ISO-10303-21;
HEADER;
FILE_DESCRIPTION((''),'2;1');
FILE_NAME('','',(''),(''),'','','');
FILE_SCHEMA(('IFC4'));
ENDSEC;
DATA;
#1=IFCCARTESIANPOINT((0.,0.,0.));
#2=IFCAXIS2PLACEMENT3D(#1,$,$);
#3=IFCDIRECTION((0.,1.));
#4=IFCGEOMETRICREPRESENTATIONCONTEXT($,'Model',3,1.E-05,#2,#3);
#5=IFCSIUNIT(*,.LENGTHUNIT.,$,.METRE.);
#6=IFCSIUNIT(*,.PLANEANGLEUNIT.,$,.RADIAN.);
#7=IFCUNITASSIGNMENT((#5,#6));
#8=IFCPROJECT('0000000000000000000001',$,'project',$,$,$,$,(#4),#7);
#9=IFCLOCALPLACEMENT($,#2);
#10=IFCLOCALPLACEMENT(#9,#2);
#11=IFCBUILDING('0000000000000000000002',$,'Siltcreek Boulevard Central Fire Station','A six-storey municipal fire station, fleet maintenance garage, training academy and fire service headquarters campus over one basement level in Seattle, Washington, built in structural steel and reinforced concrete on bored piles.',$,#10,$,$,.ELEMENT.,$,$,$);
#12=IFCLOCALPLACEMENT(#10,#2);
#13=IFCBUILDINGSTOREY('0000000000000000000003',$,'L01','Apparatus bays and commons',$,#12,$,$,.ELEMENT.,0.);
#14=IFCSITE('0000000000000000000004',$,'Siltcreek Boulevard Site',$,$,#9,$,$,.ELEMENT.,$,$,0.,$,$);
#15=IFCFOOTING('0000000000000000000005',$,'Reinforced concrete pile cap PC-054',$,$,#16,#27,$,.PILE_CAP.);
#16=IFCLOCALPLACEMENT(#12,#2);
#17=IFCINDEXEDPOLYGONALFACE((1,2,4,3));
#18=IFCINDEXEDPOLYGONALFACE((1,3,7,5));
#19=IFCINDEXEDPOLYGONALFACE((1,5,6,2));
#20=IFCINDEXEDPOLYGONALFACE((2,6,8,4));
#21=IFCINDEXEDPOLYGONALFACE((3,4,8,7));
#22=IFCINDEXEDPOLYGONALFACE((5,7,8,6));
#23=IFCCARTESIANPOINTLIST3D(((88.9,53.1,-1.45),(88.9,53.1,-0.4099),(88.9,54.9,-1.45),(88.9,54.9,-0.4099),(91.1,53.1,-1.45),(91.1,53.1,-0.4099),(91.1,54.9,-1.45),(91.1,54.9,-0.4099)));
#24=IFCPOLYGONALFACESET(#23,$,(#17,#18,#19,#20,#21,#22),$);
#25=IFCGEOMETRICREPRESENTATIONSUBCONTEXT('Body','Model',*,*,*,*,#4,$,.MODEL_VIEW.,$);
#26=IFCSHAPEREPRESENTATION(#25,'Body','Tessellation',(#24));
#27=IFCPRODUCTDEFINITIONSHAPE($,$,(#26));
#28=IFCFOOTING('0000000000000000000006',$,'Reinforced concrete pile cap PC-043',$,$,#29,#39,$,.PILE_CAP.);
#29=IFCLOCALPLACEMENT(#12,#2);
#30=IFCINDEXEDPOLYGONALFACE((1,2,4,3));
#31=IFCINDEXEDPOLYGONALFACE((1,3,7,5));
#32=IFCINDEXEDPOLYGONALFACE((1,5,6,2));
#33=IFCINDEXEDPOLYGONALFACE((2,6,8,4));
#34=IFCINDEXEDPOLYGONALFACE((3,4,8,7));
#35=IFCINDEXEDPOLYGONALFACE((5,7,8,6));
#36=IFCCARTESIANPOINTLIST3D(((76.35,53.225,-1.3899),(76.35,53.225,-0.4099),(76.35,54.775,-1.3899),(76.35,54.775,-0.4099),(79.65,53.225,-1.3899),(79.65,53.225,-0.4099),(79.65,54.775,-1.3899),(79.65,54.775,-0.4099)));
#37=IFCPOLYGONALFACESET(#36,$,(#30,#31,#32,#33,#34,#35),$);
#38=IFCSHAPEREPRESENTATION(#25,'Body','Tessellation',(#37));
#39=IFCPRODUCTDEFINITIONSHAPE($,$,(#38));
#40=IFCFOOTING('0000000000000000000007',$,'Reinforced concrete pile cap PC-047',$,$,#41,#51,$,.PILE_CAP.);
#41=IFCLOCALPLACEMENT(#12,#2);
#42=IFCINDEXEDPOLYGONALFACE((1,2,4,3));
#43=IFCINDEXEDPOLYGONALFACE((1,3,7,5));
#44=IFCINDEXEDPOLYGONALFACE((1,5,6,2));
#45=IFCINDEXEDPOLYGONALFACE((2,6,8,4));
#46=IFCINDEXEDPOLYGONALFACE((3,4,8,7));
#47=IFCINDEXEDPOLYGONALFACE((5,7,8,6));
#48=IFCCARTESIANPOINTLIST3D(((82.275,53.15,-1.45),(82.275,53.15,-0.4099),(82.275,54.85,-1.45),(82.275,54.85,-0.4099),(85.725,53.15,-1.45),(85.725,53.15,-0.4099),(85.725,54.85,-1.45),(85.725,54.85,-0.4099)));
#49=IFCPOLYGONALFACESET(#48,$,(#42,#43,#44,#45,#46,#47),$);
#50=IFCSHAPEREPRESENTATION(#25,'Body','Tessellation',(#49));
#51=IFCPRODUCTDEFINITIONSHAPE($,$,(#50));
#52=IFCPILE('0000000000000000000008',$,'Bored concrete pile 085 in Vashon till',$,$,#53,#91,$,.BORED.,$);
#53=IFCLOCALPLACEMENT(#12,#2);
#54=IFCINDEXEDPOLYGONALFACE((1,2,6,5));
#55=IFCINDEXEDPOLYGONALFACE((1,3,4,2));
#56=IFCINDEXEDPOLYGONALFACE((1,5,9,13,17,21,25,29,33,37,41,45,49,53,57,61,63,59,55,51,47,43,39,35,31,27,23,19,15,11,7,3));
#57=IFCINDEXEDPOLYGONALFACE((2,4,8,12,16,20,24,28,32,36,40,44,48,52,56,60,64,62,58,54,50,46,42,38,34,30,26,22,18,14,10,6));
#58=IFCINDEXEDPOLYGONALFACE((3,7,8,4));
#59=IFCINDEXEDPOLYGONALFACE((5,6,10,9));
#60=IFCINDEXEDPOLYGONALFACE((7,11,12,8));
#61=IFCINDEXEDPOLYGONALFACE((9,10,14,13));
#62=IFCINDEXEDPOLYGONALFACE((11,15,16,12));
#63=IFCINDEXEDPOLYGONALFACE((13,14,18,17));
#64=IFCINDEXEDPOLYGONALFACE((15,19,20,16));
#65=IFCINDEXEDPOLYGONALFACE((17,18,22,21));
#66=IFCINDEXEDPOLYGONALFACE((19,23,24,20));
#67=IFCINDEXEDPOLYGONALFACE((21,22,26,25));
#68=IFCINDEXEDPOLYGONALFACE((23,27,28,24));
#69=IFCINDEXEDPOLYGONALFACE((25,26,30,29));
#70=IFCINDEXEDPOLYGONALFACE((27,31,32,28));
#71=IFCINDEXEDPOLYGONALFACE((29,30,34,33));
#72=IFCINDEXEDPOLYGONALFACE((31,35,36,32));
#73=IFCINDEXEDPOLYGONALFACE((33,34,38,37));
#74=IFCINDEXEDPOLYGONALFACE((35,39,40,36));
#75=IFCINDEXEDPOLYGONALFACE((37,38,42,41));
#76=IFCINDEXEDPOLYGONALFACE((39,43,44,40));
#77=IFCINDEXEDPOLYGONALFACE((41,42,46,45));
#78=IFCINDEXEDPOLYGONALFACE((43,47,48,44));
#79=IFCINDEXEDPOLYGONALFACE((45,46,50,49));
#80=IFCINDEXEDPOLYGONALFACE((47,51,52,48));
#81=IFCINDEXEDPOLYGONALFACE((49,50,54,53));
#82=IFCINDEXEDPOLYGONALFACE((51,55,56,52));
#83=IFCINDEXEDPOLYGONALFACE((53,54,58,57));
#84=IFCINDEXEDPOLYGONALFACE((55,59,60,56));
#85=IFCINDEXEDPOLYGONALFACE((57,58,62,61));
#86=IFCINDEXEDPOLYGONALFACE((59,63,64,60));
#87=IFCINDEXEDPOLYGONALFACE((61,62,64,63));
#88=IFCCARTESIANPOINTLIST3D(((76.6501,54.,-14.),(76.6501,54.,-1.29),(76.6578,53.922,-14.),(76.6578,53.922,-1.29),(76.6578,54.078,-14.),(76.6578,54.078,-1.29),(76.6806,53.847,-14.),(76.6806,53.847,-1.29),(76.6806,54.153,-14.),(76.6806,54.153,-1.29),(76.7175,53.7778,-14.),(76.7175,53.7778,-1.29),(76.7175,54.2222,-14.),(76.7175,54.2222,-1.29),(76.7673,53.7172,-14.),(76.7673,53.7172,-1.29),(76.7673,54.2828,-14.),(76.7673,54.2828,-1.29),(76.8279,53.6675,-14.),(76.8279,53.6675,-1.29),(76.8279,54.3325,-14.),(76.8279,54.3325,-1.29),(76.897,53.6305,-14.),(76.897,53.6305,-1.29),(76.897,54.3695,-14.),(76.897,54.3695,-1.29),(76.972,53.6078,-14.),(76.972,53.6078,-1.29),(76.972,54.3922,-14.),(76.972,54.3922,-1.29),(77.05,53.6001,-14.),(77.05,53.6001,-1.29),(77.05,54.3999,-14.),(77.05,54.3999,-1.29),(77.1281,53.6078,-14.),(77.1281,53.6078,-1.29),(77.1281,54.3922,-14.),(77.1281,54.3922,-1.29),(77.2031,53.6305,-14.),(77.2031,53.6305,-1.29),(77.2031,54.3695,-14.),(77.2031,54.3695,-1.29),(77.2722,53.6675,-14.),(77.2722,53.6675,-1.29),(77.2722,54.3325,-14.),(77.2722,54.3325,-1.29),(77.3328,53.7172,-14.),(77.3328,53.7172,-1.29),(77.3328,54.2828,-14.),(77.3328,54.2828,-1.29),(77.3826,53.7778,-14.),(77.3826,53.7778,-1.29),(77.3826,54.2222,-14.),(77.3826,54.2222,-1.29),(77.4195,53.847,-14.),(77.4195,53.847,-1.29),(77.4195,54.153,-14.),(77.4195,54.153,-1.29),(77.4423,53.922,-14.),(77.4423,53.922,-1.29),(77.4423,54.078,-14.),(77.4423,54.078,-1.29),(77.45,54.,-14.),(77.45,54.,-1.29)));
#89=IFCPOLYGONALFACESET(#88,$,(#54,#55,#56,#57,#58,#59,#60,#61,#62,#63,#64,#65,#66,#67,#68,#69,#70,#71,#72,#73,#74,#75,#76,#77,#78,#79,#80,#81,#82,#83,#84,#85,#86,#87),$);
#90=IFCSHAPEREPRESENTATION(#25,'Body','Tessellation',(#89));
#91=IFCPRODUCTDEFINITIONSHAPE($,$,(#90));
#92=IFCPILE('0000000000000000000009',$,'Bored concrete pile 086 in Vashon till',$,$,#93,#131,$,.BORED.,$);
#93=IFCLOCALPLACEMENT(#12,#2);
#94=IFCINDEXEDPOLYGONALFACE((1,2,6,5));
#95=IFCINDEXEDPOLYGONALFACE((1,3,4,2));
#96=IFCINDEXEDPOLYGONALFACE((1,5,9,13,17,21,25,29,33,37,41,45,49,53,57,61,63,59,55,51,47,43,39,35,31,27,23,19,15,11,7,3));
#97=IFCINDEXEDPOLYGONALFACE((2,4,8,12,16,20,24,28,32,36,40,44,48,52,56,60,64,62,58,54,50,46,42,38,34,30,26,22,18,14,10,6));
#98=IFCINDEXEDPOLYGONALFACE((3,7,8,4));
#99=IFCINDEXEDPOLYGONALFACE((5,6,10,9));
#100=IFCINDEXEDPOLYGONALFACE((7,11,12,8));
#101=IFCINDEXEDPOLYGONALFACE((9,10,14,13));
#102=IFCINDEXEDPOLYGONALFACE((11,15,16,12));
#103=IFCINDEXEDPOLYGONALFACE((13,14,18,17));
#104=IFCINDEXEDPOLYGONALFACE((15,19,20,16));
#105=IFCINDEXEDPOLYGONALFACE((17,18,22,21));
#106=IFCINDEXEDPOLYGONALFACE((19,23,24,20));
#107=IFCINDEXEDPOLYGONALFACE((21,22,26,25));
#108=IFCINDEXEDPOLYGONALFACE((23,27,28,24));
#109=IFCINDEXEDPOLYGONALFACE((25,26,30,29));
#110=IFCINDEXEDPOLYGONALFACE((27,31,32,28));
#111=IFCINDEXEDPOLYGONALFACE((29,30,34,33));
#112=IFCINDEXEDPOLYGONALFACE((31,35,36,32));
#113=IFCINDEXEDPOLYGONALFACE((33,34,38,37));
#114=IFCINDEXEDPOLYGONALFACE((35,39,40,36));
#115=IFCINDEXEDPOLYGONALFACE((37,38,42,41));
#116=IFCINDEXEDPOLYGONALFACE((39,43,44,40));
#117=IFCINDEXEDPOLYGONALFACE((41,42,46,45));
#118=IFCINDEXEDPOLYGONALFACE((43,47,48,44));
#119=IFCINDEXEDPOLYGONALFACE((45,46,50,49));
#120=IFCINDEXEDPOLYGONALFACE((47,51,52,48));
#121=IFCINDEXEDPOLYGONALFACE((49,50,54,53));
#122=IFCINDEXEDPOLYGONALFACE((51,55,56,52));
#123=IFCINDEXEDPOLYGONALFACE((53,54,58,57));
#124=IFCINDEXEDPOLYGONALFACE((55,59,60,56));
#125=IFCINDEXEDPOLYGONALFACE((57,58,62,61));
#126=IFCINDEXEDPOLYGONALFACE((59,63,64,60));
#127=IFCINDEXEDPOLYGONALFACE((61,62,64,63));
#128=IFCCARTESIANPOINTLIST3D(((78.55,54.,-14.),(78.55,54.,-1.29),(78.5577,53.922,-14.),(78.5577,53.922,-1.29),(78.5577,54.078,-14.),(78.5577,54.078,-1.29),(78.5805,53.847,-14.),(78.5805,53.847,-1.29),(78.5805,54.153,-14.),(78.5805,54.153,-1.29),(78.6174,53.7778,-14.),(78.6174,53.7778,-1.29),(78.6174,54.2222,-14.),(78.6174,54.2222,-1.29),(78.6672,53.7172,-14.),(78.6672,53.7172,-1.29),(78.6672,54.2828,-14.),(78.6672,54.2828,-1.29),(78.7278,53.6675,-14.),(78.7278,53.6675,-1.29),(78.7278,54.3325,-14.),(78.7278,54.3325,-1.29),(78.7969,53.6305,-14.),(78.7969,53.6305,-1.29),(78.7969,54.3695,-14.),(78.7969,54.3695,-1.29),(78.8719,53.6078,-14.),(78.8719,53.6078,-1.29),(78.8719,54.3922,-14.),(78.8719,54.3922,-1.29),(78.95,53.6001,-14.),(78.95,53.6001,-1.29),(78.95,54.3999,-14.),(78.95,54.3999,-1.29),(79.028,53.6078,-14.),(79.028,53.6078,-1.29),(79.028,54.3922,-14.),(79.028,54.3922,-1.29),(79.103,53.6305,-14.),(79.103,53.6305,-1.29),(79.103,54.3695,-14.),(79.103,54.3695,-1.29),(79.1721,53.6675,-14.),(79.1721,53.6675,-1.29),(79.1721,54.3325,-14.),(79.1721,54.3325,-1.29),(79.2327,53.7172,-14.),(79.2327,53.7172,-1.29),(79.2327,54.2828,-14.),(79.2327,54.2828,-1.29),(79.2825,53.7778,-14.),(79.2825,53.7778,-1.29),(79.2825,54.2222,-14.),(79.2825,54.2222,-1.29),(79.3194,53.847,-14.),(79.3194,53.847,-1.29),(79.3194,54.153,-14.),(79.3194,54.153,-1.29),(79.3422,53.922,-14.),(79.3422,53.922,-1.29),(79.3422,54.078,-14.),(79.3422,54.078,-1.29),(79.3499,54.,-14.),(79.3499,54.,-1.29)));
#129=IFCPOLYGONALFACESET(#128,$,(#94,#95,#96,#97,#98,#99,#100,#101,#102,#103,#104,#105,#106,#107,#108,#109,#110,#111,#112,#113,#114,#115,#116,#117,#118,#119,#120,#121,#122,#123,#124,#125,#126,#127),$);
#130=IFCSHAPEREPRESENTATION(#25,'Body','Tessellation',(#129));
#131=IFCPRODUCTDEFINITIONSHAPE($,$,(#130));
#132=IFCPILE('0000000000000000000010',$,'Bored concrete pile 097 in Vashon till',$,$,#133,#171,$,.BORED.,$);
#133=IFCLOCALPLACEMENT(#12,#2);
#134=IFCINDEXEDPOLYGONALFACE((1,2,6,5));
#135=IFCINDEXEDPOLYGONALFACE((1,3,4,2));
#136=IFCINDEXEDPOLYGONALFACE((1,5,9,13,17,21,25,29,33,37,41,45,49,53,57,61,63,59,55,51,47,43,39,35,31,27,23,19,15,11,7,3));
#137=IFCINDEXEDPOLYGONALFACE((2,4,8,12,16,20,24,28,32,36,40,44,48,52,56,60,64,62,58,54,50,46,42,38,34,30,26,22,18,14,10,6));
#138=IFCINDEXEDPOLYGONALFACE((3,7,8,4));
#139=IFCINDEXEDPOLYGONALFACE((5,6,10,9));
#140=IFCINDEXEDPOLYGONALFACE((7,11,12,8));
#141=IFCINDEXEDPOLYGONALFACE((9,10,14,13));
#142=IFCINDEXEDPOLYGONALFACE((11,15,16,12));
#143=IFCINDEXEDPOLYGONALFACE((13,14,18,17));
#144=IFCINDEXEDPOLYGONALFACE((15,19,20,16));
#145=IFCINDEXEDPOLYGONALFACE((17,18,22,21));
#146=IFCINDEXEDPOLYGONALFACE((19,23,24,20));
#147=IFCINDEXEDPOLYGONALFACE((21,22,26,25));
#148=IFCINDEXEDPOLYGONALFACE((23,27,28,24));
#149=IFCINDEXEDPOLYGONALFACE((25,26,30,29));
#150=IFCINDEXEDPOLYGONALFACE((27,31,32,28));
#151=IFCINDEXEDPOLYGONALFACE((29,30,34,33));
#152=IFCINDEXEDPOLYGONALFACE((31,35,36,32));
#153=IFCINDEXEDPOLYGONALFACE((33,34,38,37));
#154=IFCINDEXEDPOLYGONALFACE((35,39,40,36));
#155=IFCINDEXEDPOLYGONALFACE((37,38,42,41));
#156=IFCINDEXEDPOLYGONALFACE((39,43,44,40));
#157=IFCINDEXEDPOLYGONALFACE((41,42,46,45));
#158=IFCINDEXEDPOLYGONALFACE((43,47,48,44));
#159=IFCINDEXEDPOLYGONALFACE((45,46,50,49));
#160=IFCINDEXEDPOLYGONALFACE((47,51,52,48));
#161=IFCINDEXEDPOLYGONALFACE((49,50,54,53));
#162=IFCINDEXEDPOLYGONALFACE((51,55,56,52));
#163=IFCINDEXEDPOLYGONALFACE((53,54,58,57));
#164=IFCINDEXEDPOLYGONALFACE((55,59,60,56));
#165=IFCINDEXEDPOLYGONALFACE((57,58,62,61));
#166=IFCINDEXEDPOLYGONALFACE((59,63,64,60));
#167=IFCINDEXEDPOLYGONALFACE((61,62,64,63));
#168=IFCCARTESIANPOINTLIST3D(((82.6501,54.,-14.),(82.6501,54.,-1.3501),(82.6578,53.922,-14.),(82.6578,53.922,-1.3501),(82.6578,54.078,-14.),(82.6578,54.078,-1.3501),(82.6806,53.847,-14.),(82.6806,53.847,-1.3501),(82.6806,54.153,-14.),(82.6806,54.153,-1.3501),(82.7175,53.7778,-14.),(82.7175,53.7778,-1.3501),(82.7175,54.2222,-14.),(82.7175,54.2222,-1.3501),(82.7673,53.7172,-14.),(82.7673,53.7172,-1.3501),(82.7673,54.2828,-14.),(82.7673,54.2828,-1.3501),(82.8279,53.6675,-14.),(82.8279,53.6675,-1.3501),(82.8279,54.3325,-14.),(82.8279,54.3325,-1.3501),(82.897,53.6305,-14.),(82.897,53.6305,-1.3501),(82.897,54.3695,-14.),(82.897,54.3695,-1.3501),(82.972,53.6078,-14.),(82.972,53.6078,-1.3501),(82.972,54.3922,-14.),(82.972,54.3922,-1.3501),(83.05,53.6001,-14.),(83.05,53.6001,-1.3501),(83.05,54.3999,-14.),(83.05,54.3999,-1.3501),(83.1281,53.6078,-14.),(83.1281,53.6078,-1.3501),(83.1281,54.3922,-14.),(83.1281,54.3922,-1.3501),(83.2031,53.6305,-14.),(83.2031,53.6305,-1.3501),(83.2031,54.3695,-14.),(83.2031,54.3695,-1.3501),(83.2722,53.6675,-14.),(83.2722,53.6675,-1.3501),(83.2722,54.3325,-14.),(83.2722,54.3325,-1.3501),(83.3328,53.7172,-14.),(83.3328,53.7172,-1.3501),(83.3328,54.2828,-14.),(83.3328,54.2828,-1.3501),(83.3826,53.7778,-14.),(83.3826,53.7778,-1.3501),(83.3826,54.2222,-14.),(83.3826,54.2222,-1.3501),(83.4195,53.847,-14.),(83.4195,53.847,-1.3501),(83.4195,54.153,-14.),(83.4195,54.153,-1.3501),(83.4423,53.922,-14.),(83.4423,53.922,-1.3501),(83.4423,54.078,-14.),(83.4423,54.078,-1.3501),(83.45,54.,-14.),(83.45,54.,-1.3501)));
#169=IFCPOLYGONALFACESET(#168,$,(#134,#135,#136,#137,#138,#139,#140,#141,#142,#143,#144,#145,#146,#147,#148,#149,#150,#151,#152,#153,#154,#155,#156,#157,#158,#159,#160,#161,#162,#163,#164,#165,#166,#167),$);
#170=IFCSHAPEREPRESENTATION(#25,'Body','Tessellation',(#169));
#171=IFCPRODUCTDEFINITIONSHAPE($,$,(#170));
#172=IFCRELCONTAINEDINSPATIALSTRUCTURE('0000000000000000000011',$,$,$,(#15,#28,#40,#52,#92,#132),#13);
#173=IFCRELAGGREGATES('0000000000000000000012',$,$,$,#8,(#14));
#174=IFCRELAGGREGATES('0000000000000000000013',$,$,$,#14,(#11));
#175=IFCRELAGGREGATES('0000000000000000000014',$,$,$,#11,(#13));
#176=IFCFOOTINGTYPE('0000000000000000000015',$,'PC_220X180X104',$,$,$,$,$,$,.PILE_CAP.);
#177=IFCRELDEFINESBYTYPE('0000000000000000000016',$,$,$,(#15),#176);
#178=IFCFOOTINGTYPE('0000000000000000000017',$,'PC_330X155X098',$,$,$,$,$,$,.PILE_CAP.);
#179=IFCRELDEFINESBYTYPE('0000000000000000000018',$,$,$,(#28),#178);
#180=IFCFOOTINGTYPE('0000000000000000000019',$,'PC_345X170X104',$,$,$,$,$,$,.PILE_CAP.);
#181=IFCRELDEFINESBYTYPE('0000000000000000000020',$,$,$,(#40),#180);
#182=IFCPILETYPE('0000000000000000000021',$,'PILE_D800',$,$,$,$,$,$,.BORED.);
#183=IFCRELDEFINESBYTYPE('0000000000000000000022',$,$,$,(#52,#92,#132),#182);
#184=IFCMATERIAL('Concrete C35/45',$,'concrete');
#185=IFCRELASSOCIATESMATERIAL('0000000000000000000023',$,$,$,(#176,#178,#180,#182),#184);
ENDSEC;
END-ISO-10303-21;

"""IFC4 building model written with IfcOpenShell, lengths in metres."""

from ifc_helpers import new_model, si_unit, direction, frame, origin, origin_2d, place, context, subcontext, project, spatial, rectangle, circle, extrude, material, material_profile, profile_set, type_object, element, save


model = new_model("IFC4")

# Units and contexts
model_context = context("Model", 3, precision=1e-05, world=origin(), true_north=direction((0.0, 1.0)))
body_context = subcontext(model_context, "Body", "Model", "MODEL_VIEW")
ifc_project = project(units=[si_unit("LENGTHUNIT", "METRE"), si_unit("PLANEANGLEUNIT", "RADIAN")], contexts=[model_context])

# Site, building, storey
site_placement = place(None, origin())
site = spatial("IfcSite", under=ifc_project, at=site_placement, Name="Siltcreek Boulevard Site", CompositionType="ELEMENT", RefElevation=0.0)
building_placement = place(site_placement, origin())
building = spatial("IfcBuilding", under=site, at=building_placement, Name="Siltcreek Boulevard Central Fire Station", Description="A six-storey municipal fire station, fleet maintenance garage, training academy and fire service headquarters campus over one basement level in Seattle, Washington, built in structural steel and reinforced concrete on bored piles.", CompositionType="ELEMENT")
storey_placement = place(building_placement, origin())
storey = spatial("IfcBuildingStorey", under=building, at=storey_placement, Name="L01", Description="Apparatus bays and commons", CompositionType="ELEMENT", Elevation=0.0)

# Footings
ifc_material_1 = material(Name="Concrete C35/45", Category="concrete")
footing_type_1 = type_object("IfcFootingType", Name="PC_220X180X104", PredefinedType="PILE_CAP", material=ifc_material_1)
footing_1_placement = place(storey_placement, frame((90.0, 54.0, -1.45), z_axis=(0.0, 0.0, 1.0), x_axis=(1.0, 0.0, 0.0)))
element("IfcFooting", 1, at=footing_1_placement, inside=storey, type_object=footing_type_1, Name="Reinforced concrete pile cap PC-054", PredefinedType="PILE_CAP", context=body_context, shape_type="SweptSolid", body=[
    extrude(rectangle(XDim=2.2, YDim=1.8, at=origin_2d()), origin(), (0.0, 0.0, 1.0), 1.04),
])
footing_type_2 = type_object("IfcFootingType", Name="PC_330X155X098", PredefinedType="PILE_CAP", material=ifc_material_1)
footing_2_placement = place(storey_placement, frame((78.0, 54.0, -1.3899), z_axis=(0.0, 0.0, 1.0), x_axis=(1.0, 0.0, 0.0)))
element("IfcFooting", 2, at=footing_2_placement, inside=storey, type_object=footing_type_2, Name="Reinforced concrete pile cap PC-043", PredefinedType="PILE_CAP", context=body_context, shape_type="SweptSolid", body=[
    extrude(rectangle(XDim=3.3, YDim=1.55, at=origin_2d()), origin(), (0.0, 0.0, 1.0), 0.98),
])
footing_type_3 = type_object("IfcFootingType", Name="PC_345X170X104", PredefinedType="PILE_CAP", material=ifc_material_1)
footing_3_placement = place(storey_placement, frame((84.0, 54.0, -1.45), z_axis=(0.0, 0.0, 1.0), x_axis=(1.0, 0.0, 0.0)))
element("IfcFooting", 3, at=footing_3_placement, inside=storey, type_object=footing_type_3, Name="Reinforced concrete pile cap PC-047", PredefinedType="PILE_CAP", context=body_context, shape_type="SweptSolid", body=[
    extrude(rectangle(XDim=3.45, YDim=1.7, at=origin_2d()), origin(), (0.0, 0.0, 1.0), 1.04),
])

# Piles
ifc_material_profile_1 = material_profile(ifc_material_1, circle(Radius=0.3999, at=origin_2d()), Name="SHAFT800")
ifc_profile_set_1 = profile_set([ifc_material_profile_1], Name="Concrete C35/45")
pile_type_1 = type_object("IfcPileType", Name="PILE_D800", PredefinedType="BORED", material=ifc_profile_set_1)
for number, where, z_axis, x_axis, name in (
    (4, (77.05, 54.0, -1.29), (0.0, 0.0, -1.0), (1.0, 0.0, 0.0), "Bored concrete pile 085 in Vashon till"),
    (5, (78.95, 54.0, -1.29), (0.0, 0.0, -1.0), (1.0, 0.0, 0.0), "Bored concrete pile 086 in Vashon till"),
):
    element("IfcPile", number, at=place(storey_placement, frame(where, z_axis=z_axis, x_axis=x_axis)), inside=storey, type_object=pile_type_1, Name=name, PredefinedType="BORED", context=body_context, shape_type="SweptSolid", body=[
        extrude(circle(Radius=0.3999, at=origin_2d()), origin(), (0.0, 0.0, 1.0), 12.71),
    ])
for number, where, z_axis, x_axis, name in (
    (6, (83.05, 54.0, -1.3501), (0.0, 0.0, -1.0), (1.0, 0.0, 0.0), "Bored concrete pile 097 in Vashon till"),
):
    element("IfcPile", number, at=place(storey_placement, frame(where, z_axis=z_axis, x_axis=x_axis)), inside=storey, type_object=pile_type_1, Name=name, PredefinedType="BORED", context=body_context, shape_type="SweptSolid", body=[
        extrude(circle(Radius=0.3999, at=origin_2d()), origin(), (0.0, 0.0, 1.0), 12.6499),
    ])

save(model, "model.ifc")
